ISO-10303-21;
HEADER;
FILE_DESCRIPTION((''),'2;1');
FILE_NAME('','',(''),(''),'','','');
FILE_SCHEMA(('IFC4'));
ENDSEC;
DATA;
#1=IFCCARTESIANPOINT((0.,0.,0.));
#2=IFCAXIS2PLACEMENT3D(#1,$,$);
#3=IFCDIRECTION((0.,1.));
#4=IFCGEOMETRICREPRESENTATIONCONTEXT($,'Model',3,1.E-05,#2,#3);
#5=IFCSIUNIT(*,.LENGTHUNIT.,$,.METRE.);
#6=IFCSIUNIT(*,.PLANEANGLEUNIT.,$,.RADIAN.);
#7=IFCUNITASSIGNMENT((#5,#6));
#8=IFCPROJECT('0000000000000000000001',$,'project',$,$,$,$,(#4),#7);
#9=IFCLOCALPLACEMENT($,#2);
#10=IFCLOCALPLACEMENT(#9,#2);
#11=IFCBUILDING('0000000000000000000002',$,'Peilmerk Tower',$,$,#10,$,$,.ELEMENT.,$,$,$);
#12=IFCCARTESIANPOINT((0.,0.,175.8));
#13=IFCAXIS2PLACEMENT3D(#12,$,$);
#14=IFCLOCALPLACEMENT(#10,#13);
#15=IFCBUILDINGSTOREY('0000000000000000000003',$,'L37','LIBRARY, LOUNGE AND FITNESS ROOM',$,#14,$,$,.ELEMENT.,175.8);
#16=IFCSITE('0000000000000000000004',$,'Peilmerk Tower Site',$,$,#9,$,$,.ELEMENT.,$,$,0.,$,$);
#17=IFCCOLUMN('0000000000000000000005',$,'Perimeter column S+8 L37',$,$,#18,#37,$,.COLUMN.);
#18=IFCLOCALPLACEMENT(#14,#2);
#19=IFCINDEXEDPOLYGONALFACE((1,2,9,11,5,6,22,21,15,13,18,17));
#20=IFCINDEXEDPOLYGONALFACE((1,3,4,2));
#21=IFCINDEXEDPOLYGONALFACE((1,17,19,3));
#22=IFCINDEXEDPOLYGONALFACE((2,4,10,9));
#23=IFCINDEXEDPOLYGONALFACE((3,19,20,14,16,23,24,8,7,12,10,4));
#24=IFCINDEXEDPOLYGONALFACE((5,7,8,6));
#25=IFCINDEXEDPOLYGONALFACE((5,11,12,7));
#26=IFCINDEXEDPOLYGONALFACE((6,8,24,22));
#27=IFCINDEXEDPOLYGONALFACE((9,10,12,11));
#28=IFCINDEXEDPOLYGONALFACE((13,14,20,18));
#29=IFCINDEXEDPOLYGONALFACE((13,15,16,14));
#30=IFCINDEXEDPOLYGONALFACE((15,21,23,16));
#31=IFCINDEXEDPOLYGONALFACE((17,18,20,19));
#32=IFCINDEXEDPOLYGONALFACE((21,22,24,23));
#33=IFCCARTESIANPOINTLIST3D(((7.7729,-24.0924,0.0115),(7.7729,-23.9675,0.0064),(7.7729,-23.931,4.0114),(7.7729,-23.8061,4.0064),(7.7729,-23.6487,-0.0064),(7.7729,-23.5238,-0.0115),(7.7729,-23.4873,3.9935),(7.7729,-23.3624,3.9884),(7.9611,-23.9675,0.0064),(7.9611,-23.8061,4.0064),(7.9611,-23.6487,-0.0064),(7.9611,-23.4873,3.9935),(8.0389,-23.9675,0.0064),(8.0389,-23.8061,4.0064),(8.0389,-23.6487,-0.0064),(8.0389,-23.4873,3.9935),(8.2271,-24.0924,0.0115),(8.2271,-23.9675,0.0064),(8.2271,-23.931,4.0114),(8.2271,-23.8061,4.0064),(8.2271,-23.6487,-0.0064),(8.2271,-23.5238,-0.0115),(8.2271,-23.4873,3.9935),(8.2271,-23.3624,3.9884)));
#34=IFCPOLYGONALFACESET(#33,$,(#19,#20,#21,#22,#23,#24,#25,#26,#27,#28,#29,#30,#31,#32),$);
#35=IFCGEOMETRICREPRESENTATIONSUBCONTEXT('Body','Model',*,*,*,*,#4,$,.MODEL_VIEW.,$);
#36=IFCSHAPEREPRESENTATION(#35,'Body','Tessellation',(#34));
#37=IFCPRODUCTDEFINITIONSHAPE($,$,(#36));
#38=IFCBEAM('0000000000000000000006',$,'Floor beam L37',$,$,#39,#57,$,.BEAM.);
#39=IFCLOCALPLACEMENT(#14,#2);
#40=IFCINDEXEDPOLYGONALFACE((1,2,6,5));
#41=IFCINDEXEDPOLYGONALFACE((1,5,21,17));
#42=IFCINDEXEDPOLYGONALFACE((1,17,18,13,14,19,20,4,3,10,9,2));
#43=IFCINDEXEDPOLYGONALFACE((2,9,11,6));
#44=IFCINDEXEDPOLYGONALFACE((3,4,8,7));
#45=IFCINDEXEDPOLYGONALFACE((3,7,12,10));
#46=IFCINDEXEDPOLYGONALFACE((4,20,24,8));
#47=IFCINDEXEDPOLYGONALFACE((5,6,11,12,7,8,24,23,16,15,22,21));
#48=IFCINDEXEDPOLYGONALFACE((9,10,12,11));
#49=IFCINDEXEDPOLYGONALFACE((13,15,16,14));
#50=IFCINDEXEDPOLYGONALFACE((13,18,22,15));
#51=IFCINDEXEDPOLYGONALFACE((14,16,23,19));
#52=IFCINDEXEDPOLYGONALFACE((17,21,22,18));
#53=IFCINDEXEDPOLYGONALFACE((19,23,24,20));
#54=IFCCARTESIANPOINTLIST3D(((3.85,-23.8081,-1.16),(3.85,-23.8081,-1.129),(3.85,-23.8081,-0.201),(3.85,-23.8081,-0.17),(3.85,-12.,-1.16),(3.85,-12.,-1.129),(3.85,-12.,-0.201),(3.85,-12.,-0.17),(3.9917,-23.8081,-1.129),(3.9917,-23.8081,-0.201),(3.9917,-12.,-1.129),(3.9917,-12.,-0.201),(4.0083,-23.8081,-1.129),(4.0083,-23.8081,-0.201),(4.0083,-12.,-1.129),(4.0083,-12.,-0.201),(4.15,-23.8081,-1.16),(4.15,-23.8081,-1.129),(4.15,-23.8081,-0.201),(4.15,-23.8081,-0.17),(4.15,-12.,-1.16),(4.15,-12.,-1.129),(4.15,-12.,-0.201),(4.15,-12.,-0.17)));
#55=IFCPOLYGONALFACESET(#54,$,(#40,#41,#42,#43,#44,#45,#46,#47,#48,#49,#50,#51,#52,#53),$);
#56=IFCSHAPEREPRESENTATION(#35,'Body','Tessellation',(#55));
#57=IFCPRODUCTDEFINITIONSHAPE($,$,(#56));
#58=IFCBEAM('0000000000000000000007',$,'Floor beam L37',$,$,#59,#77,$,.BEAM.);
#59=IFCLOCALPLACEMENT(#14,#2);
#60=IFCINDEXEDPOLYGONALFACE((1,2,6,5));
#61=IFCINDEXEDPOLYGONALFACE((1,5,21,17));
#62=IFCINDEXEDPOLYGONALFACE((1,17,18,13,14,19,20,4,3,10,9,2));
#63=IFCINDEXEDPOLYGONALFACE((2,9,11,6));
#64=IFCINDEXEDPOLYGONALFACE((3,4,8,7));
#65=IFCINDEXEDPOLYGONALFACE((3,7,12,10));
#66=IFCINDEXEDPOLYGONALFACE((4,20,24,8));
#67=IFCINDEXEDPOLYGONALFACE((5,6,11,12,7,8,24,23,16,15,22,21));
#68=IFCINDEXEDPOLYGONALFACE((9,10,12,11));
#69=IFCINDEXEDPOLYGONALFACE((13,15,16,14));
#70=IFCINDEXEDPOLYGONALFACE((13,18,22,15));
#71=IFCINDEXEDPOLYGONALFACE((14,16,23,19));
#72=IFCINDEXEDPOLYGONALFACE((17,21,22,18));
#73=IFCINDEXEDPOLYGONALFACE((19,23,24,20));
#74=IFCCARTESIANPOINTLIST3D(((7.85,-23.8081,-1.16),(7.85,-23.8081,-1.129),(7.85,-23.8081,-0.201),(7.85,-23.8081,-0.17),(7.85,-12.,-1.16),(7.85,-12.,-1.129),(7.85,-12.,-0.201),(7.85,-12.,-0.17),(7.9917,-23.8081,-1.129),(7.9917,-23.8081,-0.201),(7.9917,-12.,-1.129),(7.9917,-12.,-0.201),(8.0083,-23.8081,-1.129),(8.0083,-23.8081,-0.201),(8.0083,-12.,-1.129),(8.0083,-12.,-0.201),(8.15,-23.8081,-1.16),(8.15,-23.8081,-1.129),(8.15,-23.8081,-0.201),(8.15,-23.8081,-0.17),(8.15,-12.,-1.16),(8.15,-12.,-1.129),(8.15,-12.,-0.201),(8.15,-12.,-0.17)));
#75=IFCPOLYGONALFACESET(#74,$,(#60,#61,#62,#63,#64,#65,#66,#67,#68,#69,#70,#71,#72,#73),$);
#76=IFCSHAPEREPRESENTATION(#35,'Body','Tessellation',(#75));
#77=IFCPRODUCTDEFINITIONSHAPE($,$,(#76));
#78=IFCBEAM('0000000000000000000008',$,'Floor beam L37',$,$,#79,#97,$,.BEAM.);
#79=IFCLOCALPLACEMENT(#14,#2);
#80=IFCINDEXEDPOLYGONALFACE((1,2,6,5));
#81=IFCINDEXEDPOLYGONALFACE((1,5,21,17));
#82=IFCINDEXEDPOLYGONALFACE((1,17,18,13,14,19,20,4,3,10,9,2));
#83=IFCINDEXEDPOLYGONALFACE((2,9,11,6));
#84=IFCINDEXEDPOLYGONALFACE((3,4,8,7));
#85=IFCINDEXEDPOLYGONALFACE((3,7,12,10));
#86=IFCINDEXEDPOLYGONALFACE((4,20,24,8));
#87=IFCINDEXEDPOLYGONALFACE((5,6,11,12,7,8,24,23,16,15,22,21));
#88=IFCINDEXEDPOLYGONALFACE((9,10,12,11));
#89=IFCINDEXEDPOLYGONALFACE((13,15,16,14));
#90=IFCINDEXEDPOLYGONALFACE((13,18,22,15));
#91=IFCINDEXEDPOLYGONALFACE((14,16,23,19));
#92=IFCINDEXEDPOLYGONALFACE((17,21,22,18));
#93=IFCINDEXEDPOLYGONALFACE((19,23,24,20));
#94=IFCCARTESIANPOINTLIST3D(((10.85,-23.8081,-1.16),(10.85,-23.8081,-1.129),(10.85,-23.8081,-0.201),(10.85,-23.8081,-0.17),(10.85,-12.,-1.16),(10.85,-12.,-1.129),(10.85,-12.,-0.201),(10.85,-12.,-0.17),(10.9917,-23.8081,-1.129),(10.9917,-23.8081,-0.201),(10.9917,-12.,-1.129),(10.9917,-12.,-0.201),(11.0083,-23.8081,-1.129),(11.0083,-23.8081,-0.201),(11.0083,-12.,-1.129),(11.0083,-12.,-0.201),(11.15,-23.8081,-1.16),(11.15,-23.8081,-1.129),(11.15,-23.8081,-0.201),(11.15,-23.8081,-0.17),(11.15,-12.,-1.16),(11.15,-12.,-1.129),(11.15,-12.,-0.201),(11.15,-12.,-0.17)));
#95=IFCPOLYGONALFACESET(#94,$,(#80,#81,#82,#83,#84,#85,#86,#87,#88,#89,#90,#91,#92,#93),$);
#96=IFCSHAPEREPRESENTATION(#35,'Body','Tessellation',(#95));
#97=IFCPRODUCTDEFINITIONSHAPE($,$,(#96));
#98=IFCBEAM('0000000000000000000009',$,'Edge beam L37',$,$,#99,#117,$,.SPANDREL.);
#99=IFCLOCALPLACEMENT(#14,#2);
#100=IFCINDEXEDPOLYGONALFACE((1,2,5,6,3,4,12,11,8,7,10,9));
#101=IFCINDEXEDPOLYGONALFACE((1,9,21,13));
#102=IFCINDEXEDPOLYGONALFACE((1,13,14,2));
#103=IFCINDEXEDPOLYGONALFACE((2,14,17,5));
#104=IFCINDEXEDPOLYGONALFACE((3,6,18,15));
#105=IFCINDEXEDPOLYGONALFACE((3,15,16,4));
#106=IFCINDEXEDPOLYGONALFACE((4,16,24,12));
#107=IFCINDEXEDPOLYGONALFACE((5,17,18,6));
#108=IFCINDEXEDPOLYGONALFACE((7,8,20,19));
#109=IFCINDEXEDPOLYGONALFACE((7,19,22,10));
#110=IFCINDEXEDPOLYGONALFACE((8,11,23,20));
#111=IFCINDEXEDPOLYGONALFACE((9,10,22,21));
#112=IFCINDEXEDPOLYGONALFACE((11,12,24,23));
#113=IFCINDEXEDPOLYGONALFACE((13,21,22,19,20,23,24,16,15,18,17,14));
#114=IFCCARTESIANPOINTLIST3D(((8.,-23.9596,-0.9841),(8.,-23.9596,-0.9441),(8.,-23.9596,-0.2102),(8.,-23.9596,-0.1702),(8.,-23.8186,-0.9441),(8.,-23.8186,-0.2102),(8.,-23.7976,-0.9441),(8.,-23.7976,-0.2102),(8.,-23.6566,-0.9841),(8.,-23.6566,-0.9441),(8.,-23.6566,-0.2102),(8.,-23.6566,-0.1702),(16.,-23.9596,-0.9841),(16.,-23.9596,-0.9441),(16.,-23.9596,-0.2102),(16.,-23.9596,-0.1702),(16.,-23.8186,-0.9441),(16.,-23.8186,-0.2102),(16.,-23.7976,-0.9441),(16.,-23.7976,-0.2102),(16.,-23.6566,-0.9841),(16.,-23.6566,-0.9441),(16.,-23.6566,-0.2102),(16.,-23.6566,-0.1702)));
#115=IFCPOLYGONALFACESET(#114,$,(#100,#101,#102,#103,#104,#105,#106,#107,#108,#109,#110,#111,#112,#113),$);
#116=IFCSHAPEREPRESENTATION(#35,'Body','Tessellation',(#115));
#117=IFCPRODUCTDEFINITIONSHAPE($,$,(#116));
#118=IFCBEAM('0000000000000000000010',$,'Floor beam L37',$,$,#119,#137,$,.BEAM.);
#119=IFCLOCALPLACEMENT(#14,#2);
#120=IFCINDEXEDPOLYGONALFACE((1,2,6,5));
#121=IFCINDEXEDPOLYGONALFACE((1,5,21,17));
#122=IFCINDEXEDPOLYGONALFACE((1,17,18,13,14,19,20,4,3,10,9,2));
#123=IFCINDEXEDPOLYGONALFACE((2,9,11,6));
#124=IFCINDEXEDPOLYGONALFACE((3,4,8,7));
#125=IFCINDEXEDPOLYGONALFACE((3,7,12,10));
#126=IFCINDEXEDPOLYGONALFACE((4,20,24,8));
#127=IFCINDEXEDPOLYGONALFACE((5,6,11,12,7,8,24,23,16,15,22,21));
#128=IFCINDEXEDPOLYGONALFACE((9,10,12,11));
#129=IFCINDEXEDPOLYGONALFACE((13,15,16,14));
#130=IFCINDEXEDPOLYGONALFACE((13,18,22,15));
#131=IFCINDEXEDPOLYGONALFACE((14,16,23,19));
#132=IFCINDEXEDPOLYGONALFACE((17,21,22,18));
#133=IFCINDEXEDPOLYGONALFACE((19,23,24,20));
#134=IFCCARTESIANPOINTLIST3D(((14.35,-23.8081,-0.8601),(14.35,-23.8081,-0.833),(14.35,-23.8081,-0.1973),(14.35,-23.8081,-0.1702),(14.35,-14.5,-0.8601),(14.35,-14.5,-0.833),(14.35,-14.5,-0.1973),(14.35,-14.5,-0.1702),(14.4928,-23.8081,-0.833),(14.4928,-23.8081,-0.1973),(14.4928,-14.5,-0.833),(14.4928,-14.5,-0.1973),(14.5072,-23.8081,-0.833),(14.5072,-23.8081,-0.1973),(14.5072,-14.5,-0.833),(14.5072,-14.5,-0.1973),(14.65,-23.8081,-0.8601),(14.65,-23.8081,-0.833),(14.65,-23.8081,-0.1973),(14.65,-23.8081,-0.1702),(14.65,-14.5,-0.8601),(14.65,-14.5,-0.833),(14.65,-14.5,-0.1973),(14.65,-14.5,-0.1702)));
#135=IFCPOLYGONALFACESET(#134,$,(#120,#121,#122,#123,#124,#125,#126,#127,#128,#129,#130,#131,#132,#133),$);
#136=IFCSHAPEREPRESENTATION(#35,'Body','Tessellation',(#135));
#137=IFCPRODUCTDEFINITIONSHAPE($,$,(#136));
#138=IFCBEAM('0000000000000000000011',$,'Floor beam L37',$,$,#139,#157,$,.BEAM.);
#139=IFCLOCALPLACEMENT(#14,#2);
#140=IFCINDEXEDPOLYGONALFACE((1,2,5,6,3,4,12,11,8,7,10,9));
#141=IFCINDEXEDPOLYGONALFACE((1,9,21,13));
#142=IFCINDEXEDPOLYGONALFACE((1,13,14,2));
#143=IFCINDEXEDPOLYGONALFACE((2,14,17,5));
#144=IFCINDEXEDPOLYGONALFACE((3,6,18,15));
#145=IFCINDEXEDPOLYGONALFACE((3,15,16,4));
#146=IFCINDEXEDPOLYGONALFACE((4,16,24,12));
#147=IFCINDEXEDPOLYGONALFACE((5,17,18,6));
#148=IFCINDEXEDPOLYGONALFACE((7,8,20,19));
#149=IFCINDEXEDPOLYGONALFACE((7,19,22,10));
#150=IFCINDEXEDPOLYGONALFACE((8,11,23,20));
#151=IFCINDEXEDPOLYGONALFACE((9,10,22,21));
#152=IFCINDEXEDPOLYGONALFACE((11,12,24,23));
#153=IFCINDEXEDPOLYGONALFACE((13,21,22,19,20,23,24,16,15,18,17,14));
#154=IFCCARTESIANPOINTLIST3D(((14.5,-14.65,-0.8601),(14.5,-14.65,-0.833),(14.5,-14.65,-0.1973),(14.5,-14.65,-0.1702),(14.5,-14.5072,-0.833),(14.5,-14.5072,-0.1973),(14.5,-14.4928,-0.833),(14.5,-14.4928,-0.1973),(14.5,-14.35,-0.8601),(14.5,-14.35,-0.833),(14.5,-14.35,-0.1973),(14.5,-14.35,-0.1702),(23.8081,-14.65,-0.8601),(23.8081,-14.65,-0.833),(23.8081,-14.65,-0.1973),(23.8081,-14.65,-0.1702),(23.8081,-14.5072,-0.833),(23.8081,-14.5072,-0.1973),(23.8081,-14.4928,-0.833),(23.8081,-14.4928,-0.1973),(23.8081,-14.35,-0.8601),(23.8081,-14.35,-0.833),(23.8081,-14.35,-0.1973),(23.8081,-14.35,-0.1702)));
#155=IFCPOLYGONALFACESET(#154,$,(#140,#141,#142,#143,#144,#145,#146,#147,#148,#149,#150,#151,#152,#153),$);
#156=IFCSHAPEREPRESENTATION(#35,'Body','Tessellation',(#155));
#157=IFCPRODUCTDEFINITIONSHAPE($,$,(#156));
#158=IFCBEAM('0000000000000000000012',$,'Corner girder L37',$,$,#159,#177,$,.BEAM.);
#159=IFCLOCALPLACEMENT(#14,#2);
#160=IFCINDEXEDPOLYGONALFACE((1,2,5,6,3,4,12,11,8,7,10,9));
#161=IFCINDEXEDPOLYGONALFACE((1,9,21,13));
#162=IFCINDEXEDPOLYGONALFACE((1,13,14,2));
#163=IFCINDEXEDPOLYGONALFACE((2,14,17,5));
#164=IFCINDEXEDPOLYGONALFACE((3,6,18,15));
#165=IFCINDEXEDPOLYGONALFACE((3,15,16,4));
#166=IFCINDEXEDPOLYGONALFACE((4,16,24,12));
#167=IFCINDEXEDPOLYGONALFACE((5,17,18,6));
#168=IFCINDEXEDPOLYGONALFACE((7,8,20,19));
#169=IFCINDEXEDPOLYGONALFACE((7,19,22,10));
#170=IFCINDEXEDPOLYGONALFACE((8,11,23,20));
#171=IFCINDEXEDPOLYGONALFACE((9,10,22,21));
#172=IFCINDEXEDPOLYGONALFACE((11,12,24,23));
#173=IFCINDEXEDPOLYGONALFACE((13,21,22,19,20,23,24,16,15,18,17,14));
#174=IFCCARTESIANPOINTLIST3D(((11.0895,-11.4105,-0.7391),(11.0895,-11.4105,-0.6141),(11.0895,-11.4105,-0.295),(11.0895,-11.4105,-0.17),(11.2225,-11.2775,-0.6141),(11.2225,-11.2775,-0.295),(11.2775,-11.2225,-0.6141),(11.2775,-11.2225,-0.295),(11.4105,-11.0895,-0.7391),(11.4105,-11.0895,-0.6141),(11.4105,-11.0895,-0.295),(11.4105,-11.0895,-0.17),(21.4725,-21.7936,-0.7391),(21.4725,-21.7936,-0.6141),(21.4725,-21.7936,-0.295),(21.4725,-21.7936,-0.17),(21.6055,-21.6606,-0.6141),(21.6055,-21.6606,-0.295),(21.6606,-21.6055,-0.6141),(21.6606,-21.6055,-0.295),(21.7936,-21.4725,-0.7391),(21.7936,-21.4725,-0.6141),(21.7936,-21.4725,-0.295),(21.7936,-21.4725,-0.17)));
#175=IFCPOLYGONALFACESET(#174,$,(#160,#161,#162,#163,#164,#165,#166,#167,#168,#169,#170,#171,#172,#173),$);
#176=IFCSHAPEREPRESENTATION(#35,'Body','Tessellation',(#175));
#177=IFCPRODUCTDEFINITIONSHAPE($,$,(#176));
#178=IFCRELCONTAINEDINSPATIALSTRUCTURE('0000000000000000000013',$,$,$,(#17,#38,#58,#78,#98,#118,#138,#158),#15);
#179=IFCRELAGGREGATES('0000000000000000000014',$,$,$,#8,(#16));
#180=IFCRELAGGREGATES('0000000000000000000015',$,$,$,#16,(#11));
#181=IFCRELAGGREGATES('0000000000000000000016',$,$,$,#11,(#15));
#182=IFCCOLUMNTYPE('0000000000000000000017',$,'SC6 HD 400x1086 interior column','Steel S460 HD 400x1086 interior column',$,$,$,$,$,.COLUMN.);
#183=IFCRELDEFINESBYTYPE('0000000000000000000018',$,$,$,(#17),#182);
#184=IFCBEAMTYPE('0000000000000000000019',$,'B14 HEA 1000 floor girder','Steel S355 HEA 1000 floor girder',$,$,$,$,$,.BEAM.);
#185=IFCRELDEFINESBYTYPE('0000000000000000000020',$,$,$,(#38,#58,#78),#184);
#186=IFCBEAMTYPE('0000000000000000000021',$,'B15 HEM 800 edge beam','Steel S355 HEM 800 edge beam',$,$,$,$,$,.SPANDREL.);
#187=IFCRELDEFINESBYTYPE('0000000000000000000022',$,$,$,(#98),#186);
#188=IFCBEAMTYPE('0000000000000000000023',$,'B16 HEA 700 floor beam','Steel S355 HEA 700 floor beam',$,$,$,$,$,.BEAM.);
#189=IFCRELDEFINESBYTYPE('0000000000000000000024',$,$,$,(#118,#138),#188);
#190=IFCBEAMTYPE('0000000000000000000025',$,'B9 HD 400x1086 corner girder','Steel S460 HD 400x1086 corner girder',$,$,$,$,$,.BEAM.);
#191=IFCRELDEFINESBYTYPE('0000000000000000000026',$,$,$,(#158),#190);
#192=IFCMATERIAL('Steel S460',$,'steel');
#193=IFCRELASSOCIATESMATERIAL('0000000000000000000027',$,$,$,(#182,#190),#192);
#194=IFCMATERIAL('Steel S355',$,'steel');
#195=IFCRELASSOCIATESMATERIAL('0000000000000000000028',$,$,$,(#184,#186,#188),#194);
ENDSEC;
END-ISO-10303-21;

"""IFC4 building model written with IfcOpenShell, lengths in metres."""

from ifc_helpers import new_model, si_unit, direction, frame, origin, origin_2d, place, context, subcontext, project, spatial, i_section, extrude, material, material_profile, profile_set, type_object, element, save


model = new_model("IFC4")

# Units and contexts
model_context = context("Model", 3, precision=1e-05, world=origin(), true_north=direction((0.0, 1.0)))
body_context = subcontext(model_context, "Body", "Model", "MODEL_VIEW")
ifc_project = project(units=[si_unit("LENGTHUNIT", "METRE"), si_unit("PLANEANGLEUNIT", "RADIAN")], contexts=[model_context])

# Site, building, storey
site_placement = place(None, origin())
site = spatial("IfcSite", under=ifc_project, at=site_placement, Name="Peilmerk Tower Site", CompositionType="ELEMENT", RefElevation=0.0)
building_placement = place(site_placement, origin())
building = spatial("IfcBuilding", under=site, at=building_placement, Name="Peilmerk Tower", CompositionType="ELEMENT")
storey_placement = place(building_placement, frame((0.0, 0.0, 175.8)))
storey = spatial("IfcBuildingStorey", under=building, at=storey_placement, Name="L37", Description="LIBRARY, LOUNGE AND FITNESS ROOM", CompositionType="ELEMENT", Elevation=175.8)

# Column
ifc_material_1 = material(Name="Steel S460", Category="steel")
ifc_material_profile_1 = material_profile(ifc_material_1, i_section(OverallWidth=0.4541, OverallDepth=0.5691, WebThickness=0.0779, FlangeThickness=0.125, at=origin_2d()), Name="HD 400x1086")
ifc_profile_set_1 = profile_set([ifc_material_profile_1], Name="Steel S460")
column_type = type_object("IfcColumnType", Name="SC6 HD 400x1086 interior column", Description="Steel S460 HD 400x1086 interior column", PredefinedType="COLUMN", material=ifc_profile_set_1)
column_placement = place(storey_placement, frame((8.0, -23.8081, 0.0), z_axis=(0.0, 0.040311, 0.999187), x_axis=(-1.0, 0.0, 0.0)))
element("IfcColumn", 1, at=column_placement, inside=storey, type_object=column_type, Name="Perimeter column S+8 L37", PredefinedType="COLUMN", context=body_context, shape_type="SweptSolid", body=[
    extrude(i_section(OverallWidth=0.4541, OverallDepth=0.5691, WebThickness=0.0779, FlangeThickness=0.125, at=origin_2d()), origin(), (0.0, 0.0, 1.0), 4.0032),
])

# Beams
ifc_material_2 = material(Name="Steel S355", Category="steel")
ifc_material_profile_2 = material_profile(ifc_material_2, i_section(OverallWidth=0.3, OverallDepth=0.99, WebThickness=0.0166, FlangeThickness=0.031, at=origin_2d()), Name="HEA 1000")
ifc_profile_set_2 = profile_set([ifc_material_profile_2], Name="Steel S355")
beam_type_1 = type_object("IfcBeamType", Name="B14 HEA 1000 floor girder", Description="Steel S355 HEA 1000 floor girder", PredefinedType="BEAM", material=ifc_profile_set_2)
for number, where, z_axis, x_axis, name in (
    (2, (4.0, -12.0, -0.665), (0.0, -1.0, 0.0), (1.0, 0.0, 0.0), "Floor beam L37"),
    (3, (8.0, -12.0, -0.665), (0.0, -1.0, 0.0), (1.0, 0.0, 0.0), "Floor beam L37"),
    (4, (11.0, -12.0, -0.665), (0.0, -1.0, 0.0), (1.0, 0.0, 0.0), "Floor beam L37"),
):
    element("IfcBeam", number, at=place(storey_placement, frame(where, z_axis=z_axis, x_axis=x_axis)), inside=storey, type_object=beam_type_1, Name=name, PredefinedType="BEAM", context=body_context, shape_type="SweptSolid", body=[
        extrude(i_section(OverallWidth=0.3, OverallDepth=0.99, WebThickness=0.0166, FlangeThickness=0.031, at=origin_2d()), origin(), (0.0, 0.0, 1.0), 11.8081),
    ])
ifc_material_profile_3 = material_profile(ifc_material_2, i_section(OverallWidth=0.303, OverallDepth=0.814, WebThickness=0.021, FlangeThickness=0.04, at=origin_2d()), Name="HEM 800")
ifc_profile_set_3 = profile_set([ifc_material_profile_3], Name="Steel S355")
beam_type_2 = type_object("IfcBeamType", Name="B15 HEM 800 edge beam", Description="Steel S355 HEM 800 edge beam", PredefinedType="SPANDREL", material=ifc_profile_set_3)
beam_1_placement = place(storey_placement, frame((8.0, -23.8081, -0.5771), z_axis=(1.0, 0.0, 0.0), x_axis=(0.0, 1.0, 0.0)))
element("IfcBeam", 5, at=beam_1_placement, inside=storey, type_object=beam_type_2, Name="Edge beam L37", PredefinedType="SPANDREL", context=body_context, shape_type="SweptSolid", body=[
    extrude(i_section(OverallWidth=0.303, OverallDepth=0.814, WebThickness=0.021, FlangeThickness=0.04, at=origin_2d()), origin(), (0.0, 0.0, 1.0), 8.0),
])
ifc_material_profile_4 = material_profile(ifc_material_2, i_section(OverallWidth=0.3, OverallDepth=0.6899, WebThickness=0.0144, FlangeThickness=0.0271, at=origin_2d()), Name="HEA 700")
ifc_profile_set_4 = profile_set([ifc_material_profile_4], Name="Steel S355")
beam_type_3 = type_object("IfcBeamType", Name="B16 HEA 700 floor beam", Description="Steel S355 HEA 700 floor beam", PredefinedType="BEAM", material=ifc_profile_set_4)
for number, where, z_axis, x_axis, name in (
    (6, (14.5, -14.5, -0.5151), (0.0, -1.0, 0.0), (1.0, 0.0, 0.0), "Floor beam L37"),
    (7, (14.5, -14.5, -0.5151), (1.0, 0.0, 0.0), (0.0, 1.0, 0.0), "Floor beam L37"),
):
    element("IfcBeam", number, at=place(storey_placement, frame(where, z_axis=z_axis, x_axis=x_axis)), inside=storey, type_object=beam_type_3, Name=name, PredefinedType="BEAM", context=body_context, shape_type="SweptSolid", body=[
        extrude(i_section(OverallWidth=0.3, OverallDepth=0.6899, WebThickness=0.0144, FlangeThickness=0.0271, at=origin_2d()), origin(), (0.0, 0.0, 1.0), 9.3081),
    ])
ifc_material_profile_5 = material_profile(ifc_material_1, i_section(OverallWidth=0.4541, OverallDepth=0.5691, WebThickness=0.0779, FlangeThickness=0.125, at=origin_2d()), Name="HD 400x1086")
ifc_profile_set_5 = profile_set([ifc_material_profile_5], Name="Steel S460")
beam_type_4 = type_object("IfcBeamType", Name="B9 HD 400x1086 corner girder", Description="Steel S460 HD 400x1086 corner girder", PredefinedType="BEAM", material=ifc_profile_set_5)
beam_2_placement = place(storey_placement, frame((11.25, -11.25, -0.4546), z_axis=(0.707107, -0.707107, 0.0), x_axis=(0.707107, 0.707107, 0.0)))
element("IfcBeam", 8, at=beam_2_placement, inside=storey, type_object=beam_type_4, Name="Corner girder L37", PredefinedType="BEAM", context=body_context, shape_type="SweptSolid", body=[
    extrude(i_section(OverallWidth=0.4541, OverallDepth=0.5691, WebThickness=0.0779, FlangeThickness=0.125, at=origin_2d()), origin(), (0.0, 0.0, 1.0), 14.6838),
])

save(model, "model.ifc")
